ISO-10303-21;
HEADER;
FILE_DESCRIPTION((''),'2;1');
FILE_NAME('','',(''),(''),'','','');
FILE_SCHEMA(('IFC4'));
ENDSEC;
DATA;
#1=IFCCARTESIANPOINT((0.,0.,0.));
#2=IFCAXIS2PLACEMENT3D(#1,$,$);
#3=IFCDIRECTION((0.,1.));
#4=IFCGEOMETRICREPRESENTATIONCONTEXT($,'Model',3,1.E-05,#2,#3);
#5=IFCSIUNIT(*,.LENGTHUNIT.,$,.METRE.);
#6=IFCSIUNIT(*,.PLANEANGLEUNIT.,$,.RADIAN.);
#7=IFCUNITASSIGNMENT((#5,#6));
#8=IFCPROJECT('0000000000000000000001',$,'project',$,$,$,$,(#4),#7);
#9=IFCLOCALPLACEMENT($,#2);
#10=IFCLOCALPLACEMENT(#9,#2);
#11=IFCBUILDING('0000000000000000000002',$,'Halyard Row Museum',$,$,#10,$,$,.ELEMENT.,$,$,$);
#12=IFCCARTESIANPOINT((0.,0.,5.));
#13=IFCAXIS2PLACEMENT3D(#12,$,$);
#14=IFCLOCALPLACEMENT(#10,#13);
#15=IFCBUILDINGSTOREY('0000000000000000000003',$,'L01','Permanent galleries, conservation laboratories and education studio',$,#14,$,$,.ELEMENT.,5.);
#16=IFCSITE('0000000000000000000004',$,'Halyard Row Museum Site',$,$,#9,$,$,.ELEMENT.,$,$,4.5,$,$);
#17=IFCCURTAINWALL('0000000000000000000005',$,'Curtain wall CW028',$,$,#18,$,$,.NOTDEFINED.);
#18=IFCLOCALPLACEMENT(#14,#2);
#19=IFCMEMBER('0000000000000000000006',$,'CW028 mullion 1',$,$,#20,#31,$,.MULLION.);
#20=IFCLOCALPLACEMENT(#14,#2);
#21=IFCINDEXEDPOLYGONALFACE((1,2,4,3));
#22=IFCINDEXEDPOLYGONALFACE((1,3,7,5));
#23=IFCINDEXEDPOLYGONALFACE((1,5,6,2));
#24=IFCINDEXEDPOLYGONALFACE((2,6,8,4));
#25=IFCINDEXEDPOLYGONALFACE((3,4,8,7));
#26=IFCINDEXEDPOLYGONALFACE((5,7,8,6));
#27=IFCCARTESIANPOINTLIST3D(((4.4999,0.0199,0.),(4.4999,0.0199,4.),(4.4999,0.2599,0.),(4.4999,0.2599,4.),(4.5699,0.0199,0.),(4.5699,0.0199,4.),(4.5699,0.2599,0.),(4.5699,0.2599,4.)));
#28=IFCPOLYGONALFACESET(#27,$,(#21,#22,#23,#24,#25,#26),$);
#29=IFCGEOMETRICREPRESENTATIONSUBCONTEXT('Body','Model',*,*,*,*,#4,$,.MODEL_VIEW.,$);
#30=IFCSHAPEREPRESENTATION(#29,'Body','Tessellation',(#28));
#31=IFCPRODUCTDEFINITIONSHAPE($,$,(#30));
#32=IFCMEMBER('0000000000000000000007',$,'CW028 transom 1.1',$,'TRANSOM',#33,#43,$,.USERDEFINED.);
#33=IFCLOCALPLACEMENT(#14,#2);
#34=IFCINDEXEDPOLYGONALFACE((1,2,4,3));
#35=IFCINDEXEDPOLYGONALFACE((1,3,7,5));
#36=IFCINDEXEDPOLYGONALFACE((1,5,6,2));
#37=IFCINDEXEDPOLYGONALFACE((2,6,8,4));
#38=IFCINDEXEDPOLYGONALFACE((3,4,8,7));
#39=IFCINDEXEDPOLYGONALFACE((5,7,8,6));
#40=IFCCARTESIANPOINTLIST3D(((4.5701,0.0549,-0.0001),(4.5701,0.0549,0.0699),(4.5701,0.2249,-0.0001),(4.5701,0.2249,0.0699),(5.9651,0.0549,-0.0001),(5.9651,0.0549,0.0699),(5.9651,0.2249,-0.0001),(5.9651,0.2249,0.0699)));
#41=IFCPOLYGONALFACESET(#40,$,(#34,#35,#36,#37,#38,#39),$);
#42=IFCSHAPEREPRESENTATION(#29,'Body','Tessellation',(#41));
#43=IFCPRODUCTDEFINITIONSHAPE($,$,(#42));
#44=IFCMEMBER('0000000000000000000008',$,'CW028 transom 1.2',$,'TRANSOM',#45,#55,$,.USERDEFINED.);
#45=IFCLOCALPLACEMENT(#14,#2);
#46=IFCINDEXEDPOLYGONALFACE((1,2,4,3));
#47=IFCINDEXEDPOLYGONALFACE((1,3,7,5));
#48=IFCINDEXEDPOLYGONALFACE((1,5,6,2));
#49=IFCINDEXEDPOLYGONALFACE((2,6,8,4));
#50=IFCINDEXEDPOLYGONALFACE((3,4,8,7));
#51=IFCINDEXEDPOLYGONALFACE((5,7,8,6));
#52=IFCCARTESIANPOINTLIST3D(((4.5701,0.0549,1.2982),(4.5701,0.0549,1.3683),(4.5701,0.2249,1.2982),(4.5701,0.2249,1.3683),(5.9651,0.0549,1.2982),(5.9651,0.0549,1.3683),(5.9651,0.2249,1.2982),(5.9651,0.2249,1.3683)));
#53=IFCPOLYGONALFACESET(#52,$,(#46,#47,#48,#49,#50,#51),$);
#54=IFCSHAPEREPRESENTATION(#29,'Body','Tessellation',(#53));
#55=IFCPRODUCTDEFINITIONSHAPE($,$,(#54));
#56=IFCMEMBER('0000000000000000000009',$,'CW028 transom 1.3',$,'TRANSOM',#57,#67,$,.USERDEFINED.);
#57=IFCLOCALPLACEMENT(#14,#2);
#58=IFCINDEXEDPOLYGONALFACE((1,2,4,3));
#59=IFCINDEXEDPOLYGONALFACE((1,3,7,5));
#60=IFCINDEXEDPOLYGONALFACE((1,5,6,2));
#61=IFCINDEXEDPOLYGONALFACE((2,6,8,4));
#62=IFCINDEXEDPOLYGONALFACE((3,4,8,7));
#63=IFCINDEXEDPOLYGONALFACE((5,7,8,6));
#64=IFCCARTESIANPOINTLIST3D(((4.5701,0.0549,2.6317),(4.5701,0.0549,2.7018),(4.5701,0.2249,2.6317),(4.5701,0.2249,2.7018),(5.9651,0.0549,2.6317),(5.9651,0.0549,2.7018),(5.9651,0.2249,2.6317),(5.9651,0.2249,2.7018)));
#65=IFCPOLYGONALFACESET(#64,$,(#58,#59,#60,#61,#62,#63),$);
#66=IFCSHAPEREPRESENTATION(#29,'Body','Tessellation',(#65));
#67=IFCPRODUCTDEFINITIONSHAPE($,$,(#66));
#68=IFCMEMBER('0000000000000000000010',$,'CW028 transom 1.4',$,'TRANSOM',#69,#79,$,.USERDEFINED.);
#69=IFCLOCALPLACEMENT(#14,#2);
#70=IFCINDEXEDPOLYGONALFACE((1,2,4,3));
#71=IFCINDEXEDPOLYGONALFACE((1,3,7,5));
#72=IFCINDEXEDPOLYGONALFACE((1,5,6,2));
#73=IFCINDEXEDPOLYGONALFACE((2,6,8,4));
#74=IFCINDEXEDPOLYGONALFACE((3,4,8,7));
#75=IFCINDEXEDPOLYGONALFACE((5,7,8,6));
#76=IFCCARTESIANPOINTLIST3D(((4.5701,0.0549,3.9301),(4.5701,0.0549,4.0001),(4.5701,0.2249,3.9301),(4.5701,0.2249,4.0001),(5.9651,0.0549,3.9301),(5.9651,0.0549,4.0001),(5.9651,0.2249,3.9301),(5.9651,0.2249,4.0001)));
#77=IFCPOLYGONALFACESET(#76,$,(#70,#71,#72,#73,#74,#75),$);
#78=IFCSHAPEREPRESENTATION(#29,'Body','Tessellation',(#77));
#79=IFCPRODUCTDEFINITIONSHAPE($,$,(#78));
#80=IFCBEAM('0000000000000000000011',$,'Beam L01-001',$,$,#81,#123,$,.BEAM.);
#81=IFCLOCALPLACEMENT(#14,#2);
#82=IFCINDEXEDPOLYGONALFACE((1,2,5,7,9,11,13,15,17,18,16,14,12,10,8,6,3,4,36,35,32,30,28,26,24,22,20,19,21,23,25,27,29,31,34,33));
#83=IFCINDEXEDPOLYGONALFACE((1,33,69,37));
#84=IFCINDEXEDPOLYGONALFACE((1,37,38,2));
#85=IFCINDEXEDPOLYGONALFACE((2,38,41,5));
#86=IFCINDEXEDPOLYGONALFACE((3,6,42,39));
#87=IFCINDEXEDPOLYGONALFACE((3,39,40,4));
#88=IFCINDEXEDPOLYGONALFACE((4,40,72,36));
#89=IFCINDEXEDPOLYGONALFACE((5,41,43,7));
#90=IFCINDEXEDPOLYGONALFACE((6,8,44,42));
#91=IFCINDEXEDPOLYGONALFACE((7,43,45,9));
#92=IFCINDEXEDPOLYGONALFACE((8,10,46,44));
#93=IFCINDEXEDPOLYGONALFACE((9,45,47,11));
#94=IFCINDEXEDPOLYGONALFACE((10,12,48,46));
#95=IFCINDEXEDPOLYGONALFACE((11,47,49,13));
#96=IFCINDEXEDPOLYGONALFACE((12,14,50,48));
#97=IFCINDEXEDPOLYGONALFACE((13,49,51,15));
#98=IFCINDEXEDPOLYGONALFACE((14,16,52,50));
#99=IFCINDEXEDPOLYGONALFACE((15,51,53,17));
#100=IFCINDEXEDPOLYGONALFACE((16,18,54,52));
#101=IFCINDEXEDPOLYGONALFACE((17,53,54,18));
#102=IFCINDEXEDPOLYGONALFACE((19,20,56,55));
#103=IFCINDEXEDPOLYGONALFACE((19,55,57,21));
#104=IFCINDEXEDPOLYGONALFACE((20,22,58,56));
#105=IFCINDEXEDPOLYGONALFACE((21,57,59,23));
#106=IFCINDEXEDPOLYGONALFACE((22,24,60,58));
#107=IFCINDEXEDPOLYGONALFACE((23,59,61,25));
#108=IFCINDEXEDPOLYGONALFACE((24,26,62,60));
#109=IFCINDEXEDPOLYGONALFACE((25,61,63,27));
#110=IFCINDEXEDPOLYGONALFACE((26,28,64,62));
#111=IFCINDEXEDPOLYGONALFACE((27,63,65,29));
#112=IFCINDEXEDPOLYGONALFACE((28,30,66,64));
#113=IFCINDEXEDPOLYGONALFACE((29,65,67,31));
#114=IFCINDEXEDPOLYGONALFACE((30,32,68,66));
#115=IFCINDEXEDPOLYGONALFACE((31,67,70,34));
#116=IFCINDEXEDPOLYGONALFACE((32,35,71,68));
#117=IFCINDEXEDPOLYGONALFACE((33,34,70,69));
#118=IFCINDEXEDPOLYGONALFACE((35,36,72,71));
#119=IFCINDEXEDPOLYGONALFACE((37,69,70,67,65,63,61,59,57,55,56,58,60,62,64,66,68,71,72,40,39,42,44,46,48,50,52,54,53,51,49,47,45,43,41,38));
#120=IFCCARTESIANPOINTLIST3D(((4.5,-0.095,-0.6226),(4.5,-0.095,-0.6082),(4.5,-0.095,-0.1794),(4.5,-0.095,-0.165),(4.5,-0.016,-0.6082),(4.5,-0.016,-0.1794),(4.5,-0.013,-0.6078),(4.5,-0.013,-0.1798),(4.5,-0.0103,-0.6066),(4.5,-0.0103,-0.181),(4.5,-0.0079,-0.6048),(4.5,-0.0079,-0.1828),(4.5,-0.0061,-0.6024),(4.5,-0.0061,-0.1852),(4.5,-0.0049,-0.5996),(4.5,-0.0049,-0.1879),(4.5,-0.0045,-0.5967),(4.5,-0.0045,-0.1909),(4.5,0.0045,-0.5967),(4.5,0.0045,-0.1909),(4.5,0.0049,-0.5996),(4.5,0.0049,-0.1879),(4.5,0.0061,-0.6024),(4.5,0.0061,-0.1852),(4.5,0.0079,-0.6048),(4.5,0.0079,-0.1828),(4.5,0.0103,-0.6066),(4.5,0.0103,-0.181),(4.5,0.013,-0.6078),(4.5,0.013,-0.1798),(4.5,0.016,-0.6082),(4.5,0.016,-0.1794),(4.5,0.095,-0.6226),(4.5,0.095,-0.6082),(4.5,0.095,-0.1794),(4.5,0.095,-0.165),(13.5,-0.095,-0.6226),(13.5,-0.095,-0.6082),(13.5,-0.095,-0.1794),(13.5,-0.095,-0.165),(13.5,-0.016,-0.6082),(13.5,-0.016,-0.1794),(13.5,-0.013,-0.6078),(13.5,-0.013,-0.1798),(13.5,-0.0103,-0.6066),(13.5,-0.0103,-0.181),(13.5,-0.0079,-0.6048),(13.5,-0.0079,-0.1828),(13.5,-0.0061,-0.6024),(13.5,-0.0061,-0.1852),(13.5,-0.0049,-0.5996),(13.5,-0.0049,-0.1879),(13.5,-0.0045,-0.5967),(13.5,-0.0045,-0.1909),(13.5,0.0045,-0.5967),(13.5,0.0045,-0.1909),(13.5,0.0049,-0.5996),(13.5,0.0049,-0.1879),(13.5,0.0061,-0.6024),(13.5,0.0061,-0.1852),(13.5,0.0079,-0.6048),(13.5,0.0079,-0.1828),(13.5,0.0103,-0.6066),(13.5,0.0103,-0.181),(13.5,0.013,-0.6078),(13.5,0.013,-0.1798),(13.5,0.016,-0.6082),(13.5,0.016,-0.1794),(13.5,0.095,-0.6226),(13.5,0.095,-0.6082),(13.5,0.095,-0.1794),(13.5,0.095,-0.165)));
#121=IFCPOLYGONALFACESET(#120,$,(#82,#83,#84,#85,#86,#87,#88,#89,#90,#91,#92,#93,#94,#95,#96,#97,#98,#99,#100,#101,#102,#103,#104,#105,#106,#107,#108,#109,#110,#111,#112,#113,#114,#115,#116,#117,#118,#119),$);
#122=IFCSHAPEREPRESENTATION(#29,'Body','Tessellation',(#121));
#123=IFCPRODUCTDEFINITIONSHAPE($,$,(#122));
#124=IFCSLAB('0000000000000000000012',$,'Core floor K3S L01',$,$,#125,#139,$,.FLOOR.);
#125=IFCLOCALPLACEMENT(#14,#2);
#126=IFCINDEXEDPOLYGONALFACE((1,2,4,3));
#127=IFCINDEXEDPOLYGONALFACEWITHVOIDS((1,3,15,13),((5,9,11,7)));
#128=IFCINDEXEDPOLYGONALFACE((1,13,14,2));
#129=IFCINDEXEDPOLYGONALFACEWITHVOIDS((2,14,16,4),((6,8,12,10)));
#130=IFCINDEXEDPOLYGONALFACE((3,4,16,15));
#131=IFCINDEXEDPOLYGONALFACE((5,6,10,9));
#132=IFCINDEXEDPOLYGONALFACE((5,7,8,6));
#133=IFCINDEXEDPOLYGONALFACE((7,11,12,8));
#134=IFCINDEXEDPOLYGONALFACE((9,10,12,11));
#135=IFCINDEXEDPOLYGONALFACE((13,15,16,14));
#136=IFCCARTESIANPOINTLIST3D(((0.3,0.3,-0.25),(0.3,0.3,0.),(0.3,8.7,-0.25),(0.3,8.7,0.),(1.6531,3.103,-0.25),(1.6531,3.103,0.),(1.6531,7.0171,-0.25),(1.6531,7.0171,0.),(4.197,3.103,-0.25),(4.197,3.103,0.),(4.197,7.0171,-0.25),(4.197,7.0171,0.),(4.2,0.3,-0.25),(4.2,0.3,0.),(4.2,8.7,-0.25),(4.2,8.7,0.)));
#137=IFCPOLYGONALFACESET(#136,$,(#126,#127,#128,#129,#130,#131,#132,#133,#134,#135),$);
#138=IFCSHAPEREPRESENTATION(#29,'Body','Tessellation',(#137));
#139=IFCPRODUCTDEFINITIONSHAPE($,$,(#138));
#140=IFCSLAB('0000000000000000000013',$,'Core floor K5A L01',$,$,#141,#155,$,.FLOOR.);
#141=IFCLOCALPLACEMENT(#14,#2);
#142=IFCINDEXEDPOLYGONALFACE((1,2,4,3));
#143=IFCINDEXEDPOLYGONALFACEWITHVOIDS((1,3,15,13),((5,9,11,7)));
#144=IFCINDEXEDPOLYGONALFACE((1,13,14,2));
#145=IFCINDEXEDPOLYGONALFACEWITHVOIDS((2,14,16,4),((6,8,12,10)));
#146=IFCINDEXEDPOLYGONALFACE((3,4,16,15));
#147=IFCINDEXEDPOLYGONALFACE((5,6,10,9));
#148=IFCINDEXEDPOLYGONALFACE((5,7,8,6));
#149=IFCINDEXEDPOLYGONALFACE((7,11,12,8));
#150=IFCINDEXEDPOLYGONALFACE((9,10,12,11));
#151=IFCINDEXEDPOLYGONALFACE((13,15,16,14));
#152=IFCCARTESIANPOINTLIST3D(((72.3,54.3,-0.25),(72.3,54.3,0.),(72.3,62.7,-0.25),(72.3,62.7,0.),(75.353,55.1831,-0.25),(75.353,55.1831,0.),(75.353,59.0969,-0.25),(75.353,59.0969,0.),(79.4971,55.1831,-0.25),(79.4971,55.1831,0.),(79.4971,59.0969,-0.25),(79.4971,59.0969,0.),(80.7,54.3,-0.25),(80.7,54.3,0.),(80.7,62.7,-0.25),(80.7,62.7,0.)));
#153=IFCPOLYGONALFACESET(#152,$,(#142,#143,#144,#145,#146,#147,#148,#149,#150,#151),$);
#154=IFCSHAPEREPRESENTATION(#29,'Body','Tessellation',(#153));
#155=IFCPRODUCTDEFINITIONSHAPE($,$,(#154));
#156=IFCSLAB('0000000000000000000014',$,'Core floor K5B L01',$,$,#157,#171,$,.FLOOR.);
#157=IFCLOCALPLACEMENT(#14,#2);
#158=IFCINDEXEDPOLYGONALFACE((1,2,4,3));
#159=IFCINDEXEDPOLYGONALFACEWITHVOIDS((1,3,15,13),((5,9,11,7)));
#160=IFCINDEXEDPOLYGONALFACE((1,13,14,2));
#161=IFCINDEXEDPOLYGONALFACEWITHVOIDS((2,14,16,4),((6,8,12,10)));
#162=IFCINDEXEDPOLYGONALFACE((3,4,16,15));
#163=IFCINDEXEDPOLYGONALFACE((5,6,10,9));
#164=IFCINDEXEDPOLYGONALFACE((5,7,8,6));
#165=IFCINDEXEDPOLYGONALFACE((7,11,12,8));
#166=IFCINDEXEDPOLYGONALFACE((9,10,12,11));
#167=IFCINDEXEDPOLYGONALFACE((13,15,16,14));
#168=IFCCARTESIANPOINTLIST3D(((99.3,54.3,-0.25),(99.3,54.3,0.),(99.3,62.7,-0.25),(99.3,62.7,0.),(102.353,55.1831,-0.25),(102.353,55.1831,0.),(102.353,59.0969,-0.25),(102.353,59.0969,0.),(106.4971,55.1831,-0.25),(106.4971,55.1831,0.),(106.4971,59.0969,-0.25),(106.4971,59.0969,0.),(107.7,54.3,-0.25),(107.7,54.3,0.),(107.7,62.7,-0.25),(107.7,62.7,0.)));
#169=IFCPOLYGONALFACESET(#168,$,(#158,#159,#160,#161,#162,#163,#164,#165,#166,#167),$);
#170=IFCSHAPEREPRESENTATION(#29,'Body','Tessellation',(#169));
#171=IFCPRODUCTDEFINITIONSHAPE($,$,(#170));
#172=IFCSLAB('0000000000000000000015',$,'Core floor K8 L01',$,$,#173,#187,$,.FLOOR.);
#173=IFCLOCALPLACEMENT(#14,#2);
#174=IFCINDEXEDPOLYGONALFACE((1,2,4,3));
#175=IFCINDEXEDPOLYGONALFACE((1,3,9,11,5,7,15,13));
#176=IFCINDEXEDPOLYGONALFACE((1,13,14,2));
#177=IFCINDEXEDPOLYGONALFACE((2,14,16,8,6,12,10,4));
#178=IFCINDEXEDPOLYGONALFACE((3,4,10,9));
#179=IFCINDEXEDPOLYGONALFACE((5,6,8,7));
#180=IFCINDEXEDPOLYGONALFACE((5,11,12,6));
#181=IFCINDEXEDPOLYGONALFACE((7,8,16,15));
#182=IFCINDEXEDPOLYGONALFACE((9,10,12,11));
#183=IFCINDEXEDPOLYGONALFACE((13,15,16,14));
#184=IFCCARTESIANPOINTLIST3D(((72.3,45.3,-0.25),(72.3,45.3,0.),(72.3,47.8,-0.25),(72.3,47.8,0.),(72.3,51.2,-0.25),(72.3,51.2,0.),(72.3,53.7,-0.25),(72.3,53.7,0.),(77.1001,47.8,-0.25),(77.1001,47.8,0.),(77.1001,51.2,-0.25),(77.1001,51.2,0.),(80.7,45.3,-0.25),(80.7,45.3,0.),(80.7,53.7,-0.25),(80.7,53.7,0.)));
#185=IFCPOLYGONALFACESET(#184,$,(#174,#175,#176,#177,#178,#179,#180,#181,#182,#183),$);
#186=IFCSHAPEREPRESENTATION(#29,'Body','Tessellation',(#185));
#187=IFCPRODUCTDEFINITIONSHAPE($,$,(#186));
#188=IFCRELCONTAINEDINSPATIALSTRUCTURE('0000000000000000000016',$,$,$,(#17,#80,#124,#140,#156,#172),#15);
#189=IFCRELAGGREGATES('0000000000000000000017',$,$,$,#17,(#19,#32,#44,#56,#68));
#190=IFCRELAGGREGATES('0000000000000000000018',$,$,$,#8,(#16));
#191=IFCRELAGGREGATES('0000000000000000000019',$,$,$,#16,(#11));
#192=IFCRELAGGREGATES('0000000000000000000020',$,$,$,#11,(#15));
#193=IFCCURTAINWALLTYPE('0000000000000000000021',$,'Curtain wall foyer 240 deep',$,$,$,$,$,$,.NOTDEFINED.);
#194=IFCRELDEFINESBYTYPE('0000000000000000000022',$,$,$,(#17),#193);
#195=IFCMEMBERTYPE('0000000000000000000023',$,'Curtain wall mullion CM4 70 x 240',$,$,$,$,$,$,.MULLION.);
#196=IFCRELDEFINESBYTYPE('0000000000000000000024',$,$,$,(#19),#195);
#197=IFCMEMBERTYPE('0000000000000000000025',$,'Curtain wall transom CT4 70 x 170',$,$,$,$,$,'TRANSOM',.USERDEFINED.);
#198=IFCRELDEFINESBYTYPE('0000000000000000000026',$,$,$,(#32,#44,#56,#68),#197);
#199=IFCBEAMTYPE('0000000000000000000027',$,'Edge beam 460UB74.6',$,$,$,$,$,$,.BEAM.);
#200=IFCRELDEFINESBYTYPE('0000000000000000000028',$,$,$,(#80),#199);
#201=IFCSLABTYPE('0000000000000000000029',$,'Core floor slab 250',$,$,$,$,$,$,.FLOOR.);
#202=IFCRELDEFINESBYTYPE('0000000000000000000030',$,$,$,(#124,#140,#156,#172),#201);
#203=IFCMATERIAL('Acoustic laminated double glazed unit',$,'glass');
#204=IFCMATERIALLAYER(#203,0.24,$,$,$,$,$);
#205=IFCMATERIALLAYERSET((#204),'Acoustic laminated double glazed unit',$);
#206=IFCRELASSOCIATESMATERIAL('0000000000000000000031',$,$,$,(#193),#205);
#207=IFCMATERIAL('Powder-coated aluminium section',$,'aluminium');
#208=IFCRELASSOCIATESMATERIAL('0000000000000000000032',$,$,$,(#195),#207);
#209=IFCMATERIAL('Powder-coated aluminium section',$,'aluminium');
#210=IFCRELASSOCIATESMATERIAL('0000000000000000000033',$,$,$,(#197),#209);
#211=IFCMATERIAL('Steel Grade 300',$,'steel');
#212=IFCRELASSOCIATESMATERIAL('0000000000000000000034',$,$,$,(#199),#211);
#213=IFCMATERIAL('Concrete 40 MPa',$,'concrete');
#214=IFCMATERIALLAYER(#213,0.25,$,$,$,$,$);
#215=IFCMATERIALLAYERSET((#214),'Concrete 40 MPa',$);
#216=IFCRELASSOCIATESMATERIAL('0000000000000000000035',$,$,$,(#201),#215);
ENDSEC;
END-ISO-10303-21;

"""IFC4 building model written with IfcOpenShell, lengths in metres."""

from ifc_helpers import new_model, si_unit, direction, frame, origin, origin_2d, place, context, subcontext, project, spatial, polyline, rectangle, i_section, outline, extrude, material, layer, layer_set, material_profile, profile_set, type_object, element, aggregate, save


model = new_model("IFC4")

# Units and contexts
model_context = context("Model", 3, precision=1e-05, world=origin(), true_north=direction((0.0, 1.0)))
body_context = subcontext(model_context, "Body", "Model", "MODEL_VIEW")
ifc_project = project(units=[si_unit("LENGTHUNIT", "METRE"), si_unit("PLANEANGLEUNIT", "RADIAN")], contexts=[model_context])

# Site, building, storey
site_placement = place(None, origin())
site = spatial("IfcSite", under=ifc_project, at=site_placement, Name="Halyard Row Museum Site", CompositionType="ELEMENT", RefElevation=4.5)
building_placement = place(site_placement, origin())
building = spatial("IfcBuilding", under=site, at=building_placement, Name="Halyard Row Museum", CompositionType="ELEMENT")
storey_placement = place(building_placement, frame((0.0, 0.0, 5.0)))
storey = spatial("IfcBuildingStorey", under=building, at=storey_placement, Name="L01", Description="Permanent galleries, conservation laboratories and education studio", CompositionType="ELEMENT", Elevation=5.0)

# Curtain wall, members
ifc_material_1 = material(Name="Acoustic laminated double glazed unit", Category="glass")
ifc_layer_1 = layer(ifc_material_1, 0.24)
ifc_layer_set_1 = layer_set([ifc_layer_1], Name="Acoustic laminated double glazed unit")
curtain_wall_type = type_object("IfcCurtainWallType", Name="Curtain wall foyer 240 deep", PredefinedType="NOTDEFINED", material=ifc_layer_set_1)
curtain_wall_placement = place(storey_placement, origin())
curtain_wall = element("IfcCurtainWall", 1, at=curtain_wall_placement, inside=storey, type_object=curtain_wall_type, Name="Curtain wall CW028", PredefinedType="NOTDEFINED")
ifc_material_2 = material(Name="Powder-coated aluminium section", Category="aluminium")
ifc_material_profile_1 = material_profile(ifc_material_2, rectangle(XDim=0.24, YDim=0.0701, at=origin_2d()), Name="240x70 mullion")
ifc_profile_set_1 = profile_set([ifc_material_profile_1], Name="Powder-coated aluminium section")
member_type_1 = type_object("IfcMemberType", Name="Curtain wall mullion CM4 70 x 240", PredefinedType="MULLION", material=ifc_profile_set_1)
member_1_placement = place(storey_placement, frame((4.5349, 0.1399, 0.0), z_axis=(0.0, 0.0, 1.0), x_axis=(0.0, 1.0, 0.0)))
member_1 = element("IfcMember", 2, at=member_1_placement, type_object=member_type_1, Name="CW028 mullion 1", PredefinedType="MULLION", context=body_context, shape_type="SweptSolid", body=[
    extrude(rectangle(XDim=0.24, YDim=0.0701, at=origin_2d()), origin(), (0.0, 0.0, 1.0), 4.0),
])
ifc_material_3 = material(Name="Powder-coated aluminium section", Category="aluminium")
ifc_material_profile_2 = material_profile(ifc_material_3, rectangle(XDim=0.1699, YDim=0.0701, at=origin_2d()), Name="170x70 transom")
ifc_profile_set_2 = profile_set([ifc_material_profile_2], Name="Powder-coated aluminium section")
member_type_2 = type_object("IfcMemberType", Name="Curtain wall transom CT4 70 x 170", ElementType="TRANSOM", PredefinedType="USERDEFINED", material=ifc_profile_set_2)
member_2_placement = place(storey_placement, frame((4.5701, 0.1399, 0.0349), z_axis=(1.0, 0.0, 0.0), x_axis=(0.0, 1.0, 0.0)))
member_2 = element("IfcMember", 3, at=member_2_placement, type_object=member_type_2, Name="CW028 transom 1.1", ObjectType="TRANSOM", PredefinedType="USERDEFINED", context=body_context, shape_type="SweptSolid", body=[
    extrude(rectangle(XDim=0.1699, YDim=0.0701, at=origin_2d()), origin(), (0.0, 0.0, 1.0), 1.395),
])
member_3_placement = place(storey_placement, frame((4.5701, 0.1399, 1.3333), z_axis=(1.0, 0.0, 0.0), x_axis=(0.0, 1.0, 0.0)))
member_3 = element("IfcMember", 4, at=member_3_placement, type_object=member_type_2, Name="CW028 transom 1.2", ObjectType="TRANSOM", PredefinedType="USERDEFINED", context=body_context, shape_type="SweptSolid", body=[
    extrude(rectangle(XDim=0.1699, YDim=0.0701, at=origin_2d()), origin(), (0.0, 0.0, 1.0), 1.395),
])
member_4_placement = place(storey_placement, frame((4.5701, 0.1399, 2.6667), z_axis=(1.0, 0.0, 0.0), x_axis=(0.0, 1.0, 0.0)))
member_4 = element("IfcMember", 5, at=member_4_placement, type_object=member_type_2, Name="CW028 transom 1.3", ObjectType="TRANSOM", PredefinedType="USERDEFINED", context=body_context, shape_type="SweptSolid", body=[
    extrude(rectangle(XDim=0.1699, YDim=0.0701, at=origin_2d()), origin(), (0.0, 0.0, 1.0), 1.395),
])
member_5_placement = place(storey_placement, frame((4.5701, 0.1399, 3.9651), z_axis=(1.0, 0.0, 0.0), x_axis=(0.0, 1.0, 0.0)))
member_5 = element("IfcMember", 6, at=member_5_placement, type_object=member_type_2, Name="CW028 transom 1.4", ObjectType="TRANSOM", PredefinedType="USERDEFINED", context=body_context, shape_type="SweptSolid", body=[
    extrude(rectangle(XDim=0.1699, YDim=0.0701, at=origin_2d()), origin(), (0.0, 0.0, 1.0), 1.395),
])

# Beam
ifc_material_4 = material(Name="Steel Grade 300", Category="steel")
ifc_material_profile_3 = material_profile(ifc_material_4, i_section(OverallWidth=0.1899, OverallDepth=0.4575, WebThickness=0.009, FlangeThickness=0.0144, FilletRadius=0.0115, at=origin_2d()), Name="460UB74.6")
ifc_profile_set_3 = profile_set([ifc_material_profile_3], Name="Steel Grade 300")
beam_type = type_object("IfcBeamType", Name="Edge beam 460UB74.6", PredefinedType="BEAM", material=ifc_profile_set_3)
beam_placement = place(storey_placement, frame((4.5, 0.0, -0.3938), z_axis=(1.0, 0.0, 0.0), x_axis=(0.0, 1.0, 0.0)))
element("IfcBeam", 7, at=beam_placement, inside=storey, type_object=beam_type, Name="Beam L01-001", PredefinedType="BEAM", context=body_context, shape_type="SweptSolid", body=[
    extrude(i_section(OverallWidth=0.1899, OverallDepth=0.4575, WebThickness=0.009, FlangeThickness=0.0144, FilletRadius=0.0115, at=origin_2d()), origin(), (0.0, 0.0, 1.0), 9.0),
])

# Slabs
ifc_material_5 = material(Name="Concrete 40 MPa", Category="concrete")
ifc_layer_2 = layer(ifc_material_5, 0.25)
ifc_layer_set_2 = layer_set([ifc_layer_2], Name="Concrete 40 MPa")
slab_type_1 = type_object("IfcSlabType", Name="Core floor slab 250", PredefinedType="FLOOR", material=ifc_layer_set_2)
slab_1_placement = place(storey_placement, frame((0.0, 0.0, -0.25)))
element("IfcSlab", 8, at=slab_1_placement, inside=storey, type_object=slab_type_1, Name="Core floor K3S L01", PredefinedType="FLOOR", context=body_context, shape_type="SweptSolid", body=[
    extrude(outline(polyline([(4.2, 8.7), (0.3, 8.7), (0.3, 0.3), (4.2, 0.3), (4.2, 8.7)]), holes=[polyline([(4.197, 7.0171), (4.197, 3.103), (1.6531, 3.103), (1.6531, 7.0171), (4.197, 7.0171)])]), origin(), (0.0, 0.0, 1.0), 0.25),
])
slab_2_placement = place(storey_placement, frame((0.0, 0.0, -0.25)))
element("IfcSlab", 9, at=slab_2_placement, inside=storey, type_object=slab_type_1, Name="Core floor K5A L01", PredefinedType="FLOOR", context=body_context, shape_type="SweptSolid", body=[
    extrude(outline(polyline([(80.7, 62.7), (72.3, 62.7), (72.3, 54.3), (80.7, 54.3), (80.7, 62.7)]), holes=[polyline([(75.353, 55.1831), (75.353, 59.0969), (79.4971, 59.0969), (79.4971, 55.1831), (75.353, 55.1831)])]), origin(), (0.0, 0.0, 1.0), 0.25),
])
slab_3_placement = place(storey_placement, frame((0.0, 0.0, -0.25)))
element("IfcSlab", 10, at=slab_3_placement, inside=storey, type_object=slab_type_1, Name="Core floor K5B L01", PredefinedType="FLOOR", context=body_context, shape_type="SweptSolid", body=[
    extrude(outline(polyline([(107.7, 62.7), (99.3, 62.7), (99.3, 54.3), (107.7, 54.3), (107.7, 62.7)]), holes=[polyline([(102.353, 55.1831), (102.353, 59.0969), (106.4971, 59.0969), (106.4971, 55.1831), (102.353, 55.1831)])]), origin(), (0.0, 0.0, 1.0), 0.25),
])
slab_4_placement = place(storey_placement, frame((0.0, 0.0, -0.25)))
element("IfcSlab", 11, at=slab_4_placement, inside=storey, type_object=slab_type_1, Name="Core floor K8 L01", PredefinedType="FLOOR", context=body_context, shape_type="SweptSolid", body=[
    extrude(outline(polyline([(80.7, 53.7), (72.3, 53.7), (72.3, 51.2), (77.1001, 51.2), (77.1001, 47.8), (72.3, 47.8), (72.3, 45.3), (80.7, 45.3), (80.7, 53.7)])), origin(), (0.0, 0.0, 1.0), 0.25),
])

aggregate(curtain_wall, [member_1, member_2, member_3, member_4, member_5])

save(model, "model.ifc")
